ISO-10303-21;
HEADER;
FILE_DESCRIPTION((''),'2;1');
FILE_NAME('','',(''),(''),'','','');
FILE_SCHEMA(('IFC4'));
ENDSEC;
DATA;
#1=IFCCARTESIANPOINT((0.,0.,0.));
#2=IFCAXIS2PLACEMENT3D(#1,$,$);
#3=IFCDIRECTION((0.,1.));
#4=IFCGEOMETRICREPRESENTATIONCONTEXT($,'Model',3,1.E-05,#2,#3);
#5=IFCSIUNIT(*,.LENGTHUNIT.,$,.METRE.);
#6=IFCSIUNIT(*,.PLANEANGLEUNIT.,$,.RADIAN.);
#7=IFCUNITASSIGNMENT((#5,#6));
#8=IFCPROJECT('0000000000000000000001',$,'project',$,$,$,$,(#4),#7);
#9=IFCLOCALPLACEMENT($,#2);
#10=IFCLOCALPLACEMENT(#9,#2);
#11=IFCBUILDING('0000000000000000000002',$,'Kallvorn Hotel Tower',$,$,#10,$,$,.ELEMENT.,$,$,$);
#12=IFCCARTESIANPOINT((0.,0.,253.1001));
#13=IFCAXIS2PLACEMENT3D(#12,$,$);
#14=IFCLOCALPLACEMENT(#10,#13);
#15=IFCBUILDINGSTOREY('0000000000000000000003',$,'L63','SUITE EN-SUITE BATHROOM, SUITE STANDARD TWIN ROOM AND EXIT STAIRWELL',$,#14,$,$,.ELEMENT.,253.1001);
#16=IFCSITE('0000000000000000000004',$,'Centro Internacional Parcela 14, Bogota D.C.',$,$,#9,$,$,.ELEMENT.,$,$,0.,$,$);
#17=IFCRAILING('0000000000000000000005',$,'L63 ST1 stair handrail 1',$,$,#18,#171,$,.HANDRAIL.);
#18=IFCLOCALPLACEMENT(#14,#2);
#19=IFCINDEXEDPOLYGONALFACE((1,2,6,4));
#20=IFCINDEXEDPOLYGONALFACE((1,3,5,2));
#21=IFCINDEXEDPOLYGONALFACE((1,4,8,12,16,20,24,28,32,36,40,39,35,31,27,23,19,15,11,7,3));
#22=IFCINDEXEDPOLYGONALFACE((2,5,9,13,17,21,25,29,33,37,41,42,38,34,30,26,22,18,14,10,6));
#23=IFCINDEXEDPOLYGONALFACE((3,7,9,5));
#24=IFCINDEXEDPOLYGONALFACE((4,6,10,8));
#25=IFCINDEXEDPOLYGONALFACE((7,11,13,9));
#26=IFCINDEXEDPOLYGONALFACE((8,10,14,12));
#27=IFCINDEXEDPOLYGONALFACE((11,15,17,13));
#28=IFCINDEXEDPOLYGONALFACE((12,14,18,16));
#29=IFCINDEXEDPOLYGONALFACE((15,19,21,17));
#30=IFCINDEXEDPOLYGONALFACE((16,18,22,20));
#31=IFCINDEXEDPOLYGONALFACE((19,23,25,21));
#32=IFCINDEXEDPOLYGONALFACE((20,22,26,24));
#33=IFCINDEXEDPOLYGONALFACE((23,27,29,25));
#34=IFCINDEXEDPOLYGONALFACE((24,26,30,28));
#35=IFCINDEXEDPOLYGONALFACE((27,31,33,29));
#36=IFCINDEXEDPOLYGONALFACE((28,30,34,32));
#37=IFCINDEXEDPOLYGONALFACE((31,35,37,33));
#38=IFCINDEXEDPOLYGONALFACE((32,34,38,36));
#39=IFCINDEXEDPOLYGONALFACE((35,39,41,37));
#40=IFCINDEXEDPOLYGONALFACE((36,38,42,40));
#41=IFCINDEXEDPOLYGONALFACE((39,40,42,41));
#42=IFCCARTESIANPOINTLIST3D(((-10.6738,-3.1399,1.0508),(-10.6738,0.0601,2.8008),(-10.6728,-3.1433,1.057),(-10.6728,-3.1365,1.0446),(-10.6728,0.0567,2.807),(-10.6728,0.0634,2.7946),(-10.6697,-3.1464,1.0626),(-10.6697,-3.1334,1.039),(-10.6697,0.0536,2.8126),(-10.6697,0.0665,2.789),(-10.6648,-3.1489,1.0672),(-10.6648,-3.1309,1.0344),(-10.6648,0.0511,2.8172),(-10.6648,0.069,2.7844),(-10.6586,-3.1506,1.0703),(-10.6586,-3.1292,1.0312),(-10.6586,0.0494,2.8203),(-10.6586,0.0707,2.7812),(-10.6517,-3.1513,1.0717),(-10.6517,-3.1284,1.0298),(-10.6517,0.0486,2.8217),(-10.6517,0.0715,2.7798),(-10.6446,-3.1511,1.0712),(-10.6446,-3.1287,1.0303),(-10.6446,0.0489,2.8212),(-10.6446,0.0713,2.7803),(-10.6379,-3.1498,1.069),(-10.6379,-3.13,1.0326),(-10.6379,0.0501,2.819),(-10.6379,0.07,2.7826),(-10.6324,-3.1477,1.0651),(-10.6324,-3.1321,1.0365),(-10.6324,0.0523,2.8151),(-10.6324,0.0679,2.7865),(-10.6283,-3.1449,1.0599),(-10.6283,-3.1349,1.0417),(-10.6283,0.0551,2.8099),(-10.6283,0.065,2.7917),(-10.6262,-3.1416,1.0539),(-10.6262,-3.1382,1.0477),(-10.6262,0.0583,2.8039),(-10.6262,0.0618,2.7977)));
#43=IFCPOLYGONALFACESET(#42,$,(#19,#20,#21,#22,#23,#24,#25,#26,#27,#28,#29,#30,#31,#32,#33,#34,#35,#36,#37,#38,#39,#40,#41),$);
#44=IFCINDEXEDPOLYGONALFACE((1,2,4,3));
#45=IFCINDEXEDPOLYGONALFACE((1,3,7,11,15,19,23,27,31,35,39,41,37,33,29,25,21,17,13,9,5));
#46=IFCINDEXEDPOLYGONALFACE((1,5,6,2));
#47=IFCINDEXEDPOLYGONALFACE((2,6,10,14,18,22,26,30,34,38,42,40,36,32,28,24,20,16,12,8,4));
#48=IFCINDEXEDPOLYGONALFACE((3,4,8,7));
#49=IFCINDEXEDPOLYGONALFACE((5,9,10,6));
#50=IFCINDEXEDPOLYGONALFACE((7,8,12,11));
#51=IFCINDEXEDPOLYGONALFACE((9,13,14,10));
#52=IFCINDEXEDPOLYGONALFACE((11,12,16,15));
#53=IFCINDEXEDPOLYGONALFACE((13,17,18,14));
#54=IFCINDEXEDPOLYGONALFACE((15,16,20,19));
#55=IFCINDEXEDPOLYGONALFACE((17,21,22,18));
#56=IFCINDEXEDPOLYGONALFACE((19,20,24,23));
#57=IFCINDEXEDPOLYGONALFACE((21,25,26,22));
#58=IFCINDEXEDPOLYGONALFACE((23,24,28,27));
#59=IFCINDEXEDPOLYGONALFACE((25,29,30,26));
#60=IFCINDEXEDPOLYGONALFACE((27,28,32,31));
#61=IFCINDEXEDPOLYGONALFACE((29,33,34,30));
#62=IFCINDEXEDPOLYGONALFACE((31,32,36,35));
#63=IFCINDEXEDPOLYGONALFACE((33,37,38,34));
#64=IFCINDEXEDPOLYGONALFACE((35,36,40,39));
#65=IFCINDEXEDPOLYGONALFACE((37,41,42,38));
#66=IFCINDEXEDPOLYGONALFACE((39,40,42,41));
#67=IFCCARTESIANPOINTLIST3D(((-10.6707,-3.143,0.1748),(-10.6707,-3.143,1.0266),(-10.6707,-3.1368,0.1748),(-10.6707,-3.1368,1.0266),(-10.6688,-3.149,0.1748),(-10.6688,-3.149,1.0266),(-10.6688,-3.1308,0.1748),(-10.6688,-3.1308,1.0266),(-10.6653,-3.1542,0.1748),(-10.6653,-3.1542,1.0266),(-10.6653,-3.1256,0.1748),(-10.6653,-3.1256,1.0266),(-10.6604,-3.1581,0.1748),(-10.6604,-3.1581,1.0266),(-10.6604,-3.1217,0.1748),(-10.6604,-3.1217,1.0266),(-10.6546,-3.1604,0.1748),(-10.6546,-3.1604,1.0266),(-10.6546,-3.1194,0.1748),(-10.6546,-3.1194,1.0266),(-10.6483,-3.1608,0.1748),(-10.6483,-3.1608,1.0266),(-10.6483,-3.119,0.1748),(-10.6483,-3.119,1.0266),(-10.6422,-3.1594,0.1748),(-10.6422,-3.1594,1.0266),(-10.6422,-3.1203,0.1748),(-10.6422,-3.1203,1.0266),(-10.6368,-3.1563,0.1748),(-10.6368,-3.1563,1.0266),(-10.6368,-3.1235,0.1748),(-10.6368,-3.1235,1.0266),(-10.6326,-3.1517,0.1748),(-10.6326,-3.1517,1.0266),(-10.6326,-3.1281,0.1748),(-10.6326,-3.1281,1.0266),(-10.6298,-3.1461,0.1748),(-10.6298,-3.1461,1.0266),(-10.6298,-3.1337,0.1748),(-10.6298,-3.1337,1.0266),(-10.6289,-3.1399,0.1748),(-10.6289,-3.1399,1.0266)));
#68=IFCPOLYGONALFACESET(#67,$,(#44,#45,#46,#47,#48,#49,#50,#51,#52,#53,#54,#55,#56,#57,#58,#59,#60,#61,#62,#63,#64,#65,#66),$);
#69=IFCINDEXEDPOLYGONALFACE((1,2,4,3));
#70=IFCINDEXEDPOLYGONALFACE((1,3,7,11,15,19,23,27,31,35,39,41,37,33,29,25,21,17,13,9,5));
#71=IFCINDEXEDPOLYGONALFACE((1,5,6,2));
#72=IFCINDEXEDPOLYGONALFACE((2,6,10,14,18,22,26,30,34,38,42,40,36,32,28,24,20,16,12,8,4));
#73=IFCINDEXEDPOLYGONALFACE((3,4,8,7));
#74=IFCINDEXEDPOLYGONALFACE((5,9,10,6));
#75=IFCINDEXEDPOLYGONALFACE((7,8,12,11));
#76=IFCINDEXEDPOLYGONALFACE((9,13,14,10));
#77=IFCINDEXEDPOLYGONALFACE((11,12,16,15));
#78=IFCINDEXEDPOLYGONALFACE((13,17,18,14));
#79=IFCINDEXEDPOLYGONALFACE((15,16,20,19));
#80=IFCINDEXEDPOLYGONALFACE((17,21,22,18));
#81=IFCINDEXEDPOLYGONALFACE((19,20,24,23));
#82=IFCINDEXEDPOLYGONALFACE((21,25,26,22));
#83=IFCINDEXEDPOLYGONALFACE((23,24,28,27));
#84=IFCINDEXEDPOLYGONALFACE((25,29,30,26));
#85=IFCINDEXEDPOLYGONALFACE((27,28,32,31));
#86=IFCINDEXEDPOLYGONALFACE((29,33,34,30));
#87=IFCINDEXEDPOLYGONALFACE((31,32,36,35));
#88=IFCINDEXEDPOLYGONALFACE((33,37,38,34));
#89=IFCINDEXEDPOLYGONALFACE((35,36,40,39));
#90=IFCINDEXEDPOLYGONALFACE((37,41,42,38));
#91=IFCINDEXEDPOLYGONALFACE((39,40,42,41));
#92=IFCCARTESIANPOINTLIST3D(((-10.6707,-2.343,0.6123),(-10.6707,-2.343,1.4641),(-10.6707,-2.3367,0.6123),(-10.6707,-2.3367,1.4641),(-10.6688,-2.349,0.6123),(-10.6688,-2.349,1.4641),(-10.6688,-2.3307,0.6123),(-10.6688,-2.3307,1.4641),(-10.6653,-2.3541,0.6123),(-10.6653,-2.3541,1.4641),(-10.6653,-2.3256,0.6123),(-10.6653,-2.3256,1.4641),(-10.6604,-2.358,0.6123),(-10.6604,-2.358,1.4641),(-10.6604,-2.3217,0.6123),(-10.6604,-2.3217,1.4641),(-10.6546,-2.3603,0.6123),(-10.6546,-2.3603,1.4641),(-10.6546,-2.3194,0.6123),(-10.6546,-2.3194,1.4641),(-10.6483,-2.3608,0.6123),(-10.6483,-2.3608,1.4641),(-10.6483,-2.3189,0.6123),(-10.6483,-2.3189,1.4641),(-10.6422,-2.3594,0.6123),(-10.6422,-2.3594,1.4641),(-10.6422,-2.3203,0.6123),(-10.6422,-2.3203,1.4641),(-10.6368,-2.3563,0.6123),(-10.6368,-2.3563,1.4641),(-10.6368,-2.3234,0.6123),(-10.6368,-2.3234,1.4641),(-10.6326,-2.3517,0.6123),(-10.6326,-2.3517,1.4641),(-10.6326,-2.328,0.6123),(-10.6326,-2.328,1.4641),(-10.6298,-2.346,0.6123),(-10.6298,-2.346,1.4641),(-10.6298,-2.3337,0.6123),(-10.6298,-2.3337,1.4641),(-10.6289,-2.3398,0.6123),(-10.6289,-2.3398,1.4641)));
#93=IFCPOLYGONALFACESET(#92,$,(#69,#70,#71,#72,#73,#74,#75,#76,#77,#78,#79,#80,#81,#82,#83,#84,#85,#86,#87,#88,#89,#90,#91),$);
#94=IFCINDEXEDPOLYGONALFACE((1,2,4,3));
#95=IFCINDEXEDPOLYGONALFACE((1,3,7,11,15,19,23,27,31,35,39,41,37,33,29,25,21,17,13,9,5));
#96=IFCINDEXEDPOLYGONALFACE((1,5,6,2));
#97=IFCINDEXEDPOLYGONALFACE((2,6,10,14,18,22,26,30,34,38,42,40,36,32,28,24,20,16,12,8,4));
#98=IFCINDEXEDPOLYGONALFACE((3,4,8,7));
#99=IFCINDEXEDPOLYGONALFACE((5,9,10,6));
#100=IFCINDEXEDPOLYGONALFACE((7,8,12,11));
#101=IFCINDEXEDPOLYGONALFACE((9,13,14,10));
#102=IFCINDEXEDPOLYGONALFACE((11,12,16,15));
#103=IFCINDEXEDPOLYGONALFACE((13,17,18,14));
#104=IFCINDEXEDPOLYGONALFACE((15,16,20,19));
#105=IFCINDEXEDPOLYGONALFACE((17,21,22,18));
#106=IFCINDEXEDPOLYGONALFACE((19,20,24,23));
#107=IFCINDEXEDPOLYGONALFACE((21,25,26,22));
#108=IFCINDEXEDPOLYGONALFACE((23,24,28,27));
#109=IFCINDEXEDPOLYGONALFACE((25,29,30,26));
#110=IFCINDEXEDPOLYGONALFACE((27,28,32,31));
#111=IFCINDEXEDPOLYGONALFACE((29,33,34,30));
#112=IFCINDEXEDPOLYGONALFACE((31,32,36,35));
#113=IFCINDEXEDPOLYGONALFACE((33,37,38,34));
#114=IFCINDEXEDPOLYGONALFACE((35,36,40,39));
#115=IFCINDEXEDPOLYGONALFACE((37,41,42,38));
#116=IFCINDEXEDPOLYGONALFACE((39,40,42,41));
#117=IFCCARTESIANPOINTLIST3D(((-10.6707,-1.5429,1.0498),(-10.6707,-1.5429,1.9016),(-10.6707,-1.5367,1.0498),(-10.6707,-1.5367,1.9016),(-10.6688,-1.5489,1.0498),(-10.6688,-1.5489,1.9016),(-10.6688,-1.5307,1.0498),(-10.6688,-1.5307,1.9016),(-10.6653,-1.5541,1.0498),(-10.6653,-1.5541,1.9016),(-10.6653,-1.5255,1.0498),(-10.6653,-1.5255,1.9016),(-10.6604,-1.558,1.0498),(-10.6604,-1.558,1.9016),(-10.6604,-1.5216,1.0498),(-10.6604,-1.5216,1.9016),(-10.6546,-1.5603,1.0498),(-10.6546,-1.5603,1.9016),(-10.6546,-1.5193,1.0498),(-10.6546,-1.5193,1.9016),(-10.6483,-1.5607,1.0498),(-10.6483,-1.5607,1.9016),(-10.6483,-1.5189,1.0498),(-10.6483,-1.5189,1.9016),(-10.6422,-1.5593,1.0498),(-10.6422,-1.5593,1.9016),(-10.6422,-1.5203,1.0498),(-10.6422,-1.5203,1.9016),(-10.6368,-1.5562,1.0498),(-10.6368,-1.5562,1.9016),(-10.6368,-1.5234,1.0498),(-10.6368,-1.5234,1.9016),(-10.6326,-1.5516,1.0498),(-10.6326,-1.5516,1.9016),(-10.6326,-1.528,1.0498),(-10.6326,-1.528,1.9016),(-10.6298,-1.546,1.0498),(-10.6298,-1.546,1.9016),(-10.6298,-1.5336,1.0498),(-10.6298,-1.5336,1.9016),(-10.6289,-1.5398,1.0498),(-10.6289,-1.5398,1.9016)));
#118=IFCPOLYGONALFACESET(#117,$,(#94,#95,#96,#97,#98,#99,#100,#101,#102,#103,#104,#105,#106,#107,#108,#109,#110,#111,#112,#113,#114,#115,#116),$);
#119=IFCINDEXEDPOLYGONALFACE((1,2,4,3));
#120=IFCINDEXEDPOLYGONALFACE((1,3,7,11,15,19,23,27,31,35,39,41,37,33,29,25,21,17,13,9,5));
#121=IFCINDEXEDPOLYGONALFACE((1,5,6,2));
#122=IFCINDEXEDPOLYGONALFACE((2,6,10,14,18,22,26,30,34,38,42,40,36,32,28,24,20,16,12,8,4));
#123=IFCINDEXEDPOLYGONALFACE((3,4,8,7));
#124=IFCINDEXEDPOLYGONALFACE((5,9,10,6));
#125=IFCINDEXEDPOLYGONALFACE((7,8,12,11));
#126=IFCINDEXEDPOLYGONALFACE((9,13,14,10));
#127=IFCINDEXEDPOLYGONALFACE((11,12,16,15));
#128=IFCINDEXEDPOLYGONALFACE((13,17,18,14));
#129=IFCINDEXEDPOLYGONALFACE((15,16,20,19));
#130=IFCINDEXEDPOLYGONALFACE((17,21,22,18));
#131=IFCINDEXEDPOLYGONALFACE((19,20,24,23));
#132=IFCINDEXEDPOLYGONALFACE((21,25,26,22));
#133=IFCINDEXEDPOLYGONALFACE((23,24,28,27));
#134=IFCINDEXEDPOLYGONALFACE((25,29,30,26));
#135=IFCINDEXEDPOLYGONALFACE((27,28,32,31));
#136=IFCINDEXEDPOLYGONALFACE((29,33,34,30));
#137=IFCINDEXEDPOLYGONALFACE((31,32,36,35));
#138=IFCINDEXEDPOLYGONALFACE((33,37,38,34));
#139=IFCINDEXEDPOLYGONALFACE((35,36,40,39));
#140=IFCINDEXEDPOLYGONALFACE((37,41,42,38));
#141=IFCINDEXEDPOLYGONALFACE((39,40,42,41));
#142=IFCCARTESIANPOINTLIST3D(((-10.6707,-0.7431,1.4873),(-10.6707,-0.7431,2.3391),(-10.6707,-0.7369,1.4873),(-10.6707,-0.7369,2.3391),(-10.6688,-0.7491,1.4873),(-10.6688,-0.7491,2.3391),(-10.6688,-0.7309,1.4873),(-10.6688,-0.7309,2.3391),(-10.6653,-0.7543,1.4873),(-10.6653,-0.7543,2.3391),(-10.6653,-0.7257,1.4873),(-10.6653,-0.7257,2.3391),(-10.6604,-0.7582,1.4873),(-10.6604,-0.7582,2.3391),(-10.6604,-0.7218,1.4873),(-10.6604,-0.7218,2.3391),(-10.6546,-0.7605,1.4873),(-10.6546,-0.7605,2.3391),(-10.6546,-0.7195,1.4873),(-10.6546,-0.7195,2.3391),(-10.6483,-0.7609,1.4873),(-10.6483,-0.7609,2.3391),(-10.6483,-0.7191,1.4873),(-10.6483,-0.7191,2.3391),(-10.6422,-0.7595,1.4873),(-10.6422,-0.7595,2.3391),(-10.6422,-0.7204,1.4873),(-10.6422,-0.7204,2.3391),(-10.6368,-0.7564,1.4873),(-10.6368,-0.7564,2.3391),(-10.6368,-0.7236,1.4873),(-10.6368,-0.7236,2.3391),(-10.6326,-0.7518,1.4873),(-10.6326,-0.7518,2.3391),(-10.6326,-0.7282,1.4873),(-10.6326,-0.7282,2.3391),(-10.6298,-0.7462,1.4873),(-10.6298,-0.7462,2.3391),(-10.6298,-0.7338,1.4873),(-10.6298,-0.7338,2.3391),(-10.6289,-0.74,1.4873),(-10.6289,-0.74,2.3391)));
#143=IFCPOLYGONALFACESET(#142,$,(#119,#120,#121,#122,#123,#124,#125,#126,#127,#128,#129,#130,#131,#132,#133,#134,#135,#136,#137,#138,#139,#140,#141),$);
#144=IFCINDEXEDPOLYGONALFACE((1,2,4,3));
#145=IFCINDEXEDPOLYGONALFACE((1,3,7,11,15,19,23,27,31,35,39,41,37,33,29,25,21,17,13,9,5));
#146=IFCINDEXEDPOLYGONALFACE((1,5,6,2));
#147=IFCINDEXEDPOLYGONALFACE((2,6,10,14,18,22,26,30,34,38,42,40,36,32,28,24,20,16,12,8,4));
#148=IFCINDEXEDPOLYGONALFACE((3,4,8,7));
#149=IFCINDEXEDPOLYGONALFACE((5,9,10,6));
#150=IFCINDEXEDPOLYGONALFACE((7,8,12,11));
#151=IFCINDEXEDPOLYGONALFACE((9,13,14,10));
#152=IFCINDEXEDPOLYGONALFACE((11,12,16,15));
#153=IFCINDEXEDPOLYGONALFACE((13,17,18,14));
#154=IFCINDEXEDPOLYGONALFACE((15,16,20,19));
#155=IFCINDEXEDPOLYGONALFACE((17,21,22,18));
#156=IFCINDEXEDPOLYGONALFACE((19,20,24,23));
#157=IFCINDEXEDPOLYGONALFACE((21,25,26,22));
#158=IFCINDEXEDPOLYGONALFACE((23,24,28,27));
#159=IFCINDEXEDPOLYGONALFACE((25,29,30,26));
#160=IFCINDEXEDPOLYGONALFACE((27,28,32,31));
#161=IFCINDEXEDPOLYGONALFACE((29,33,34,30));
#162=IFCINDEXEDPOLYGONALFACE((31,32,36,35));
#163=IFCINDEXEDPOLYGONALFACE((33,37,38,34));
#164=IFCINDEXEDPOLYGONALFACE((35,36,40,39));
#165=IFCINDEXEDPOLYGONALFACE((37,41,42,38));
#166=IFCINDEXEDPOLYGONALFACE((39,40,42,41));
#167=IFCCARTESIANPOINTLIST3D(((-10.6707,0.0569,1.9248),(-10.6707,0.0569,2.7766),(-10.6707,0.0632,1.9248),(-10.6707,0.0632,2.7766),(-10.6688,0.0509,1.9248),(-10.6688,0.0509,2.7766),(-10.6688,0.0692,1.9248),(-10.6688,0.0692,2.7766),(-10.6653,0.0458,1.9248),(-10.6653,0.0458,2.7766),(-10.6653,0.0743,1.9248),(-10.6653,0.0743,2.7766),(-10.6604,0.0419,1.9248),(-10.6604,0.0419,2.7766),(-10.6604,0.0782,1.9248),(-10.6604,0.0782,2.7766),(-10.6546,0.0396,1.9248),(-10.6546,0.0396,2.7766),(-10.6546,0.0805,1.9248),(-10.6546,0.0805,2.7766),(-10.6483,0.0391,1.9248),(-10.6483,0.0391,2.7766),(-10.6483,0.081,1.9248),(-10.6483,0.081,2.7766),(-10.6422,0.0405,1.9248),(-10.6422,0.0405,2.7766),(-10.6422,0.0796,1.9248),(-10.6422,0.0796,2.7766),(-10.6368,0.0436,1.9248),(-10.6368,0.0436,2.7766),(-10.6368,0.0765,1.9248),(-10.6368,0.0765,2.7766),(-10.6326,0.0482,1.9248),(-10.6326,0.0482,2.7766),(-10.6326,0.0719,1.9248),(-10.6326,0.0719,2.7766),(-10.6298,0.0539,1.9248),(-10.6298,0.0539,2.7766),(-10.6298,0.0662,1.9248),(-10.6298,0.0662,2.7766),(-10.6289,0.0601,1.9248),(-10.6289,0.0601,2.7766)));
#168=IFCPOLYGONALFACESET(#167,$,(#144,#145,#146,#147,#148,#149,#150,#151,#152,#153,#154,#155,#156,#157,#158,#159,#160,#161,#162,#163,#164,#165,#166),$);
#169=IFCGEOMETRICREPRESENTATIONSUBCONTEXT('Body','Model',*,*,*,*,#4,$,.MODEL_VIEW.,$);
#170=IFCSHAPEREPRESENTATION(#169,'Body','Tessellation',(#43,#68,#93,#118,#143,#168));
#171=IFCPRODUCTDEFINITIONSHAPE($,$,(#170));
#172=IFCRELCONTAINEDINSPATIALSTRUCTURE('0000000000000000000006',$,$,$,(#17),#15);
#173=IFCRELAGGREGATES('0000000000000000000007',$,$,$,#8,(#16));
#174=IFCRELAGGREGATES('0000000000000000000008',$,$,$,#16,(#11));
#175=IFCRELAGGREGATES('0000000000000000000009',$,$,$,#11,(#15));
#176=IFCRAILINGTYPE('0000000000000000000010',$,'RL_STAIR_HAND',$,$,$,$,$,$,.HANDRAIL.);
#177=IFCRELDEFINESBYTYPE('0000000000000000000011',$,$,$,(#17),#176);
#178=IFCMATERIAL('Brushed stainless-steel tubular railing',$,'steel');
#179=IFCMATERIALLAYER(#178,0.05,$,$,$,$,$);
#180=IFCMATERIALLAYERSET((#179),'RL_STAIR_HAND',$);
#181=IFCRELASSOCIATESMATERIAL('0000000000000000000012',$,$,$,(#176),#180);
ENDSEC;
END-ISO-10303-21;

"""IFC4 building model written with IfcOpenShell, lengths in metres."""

from ifc_helpers import new_model, si_unit, direction, frame, origin, origin_2d, place, context, subcontext, project, spatial, circle, extrude, material, layer, layer_set, type_object, element, save


model = new_model("IFC4")

# Units and contexts
model_context = context("Model", 3, precision=1e-05, world=origin(), true_north=direction((0.0, 1.0)))
body_context = subcontext(model_context, "Body", "Model", "MODEL_VIEW")
ifc_project = project(units=[si_unit("LENGTHUNIT", "METRE"), si_unit("PLANEANGLEUNIT", "RADIAN")], contexts=[model_context])

# Site, building, storey
site_placement = place(None, origin())
site = spatial("IfcSite", under=ifc_project, at=site_placement, Name="Centro Internacional Parcela 14, Bogota D.C.", CompositionType="ELEMENT", RefElevation=0.0)
building_placement = place(site_placement, origin())
building = spatial("IfcBuilding", under=site, at=building_placement, Name="Kallvorn Hotel Tower", CompositionType="ELEMENT")
storey_placement = place(building_placement, frame((0.0, 0.0, 253.1001)))
storey = spatial("IfcBuildingStorey", under=building, at=storey_placement, Name="L63", Description="SUITE EN-SUITE BATHROOM, SUITE STANDARD TWIN ROOM AND EXIT STAIRWELL", CompositionType="ELEMENT", Elevation=253.1001)

# Railing
ifc_material_1 = material(Name="Brushed stainless-steel tubular railing", Category="steel")
ifc_layer_1 = layer(ifc_material_1, 0.05)
ifc_layer_set_1 = layer_set([ifc_layer_1], Name="RL_STAIR_HAND")
railing_type_1 = type_object("IfcRailingType", Name="RL_STAIR_HAND", PredefinedType="HANDRAIL", material=ifc_layer_set_1)
railing_1_placement = place(storey_placement, frame((-10.6499, -3.1399, 0.1748)))
element("IfcRailing", 1, at=railing_1_placement, inside=storey, type_object=railing_type_1, Name="L63 ST1 stair handrail 1", PredefinedType="HANDRAIL", context=body_context, shape_type="SweptSolid", body=[
    extrude(circle(Radius=0.0239, at=origin_2d()), frame((0.0, 0.0, 0.876), z_axis=(0.0, 0.877368, 0.479818), x_axis=(-1.0, 0.0, 0.0)), (0.0, 0.0, 1.0), 3.6472),
    extrude(circle(Radius=0.021, at=origin_2d()), origin(), (0.0, 0.0, 1.0), 0.8518),
    extrude(circle(Radius=0.021, at=origin_2d()), frame((0.0, 0.8, 0.4375)), (0.0, 0.0, 1.0), 0.8518),
    extrude(circle(Radius=0.021, at=origin_2d()), frame((0.0, 1.6001, 0.875)), (0.0, 0.0, 1.0), 0.8518),
    extrude(circle(Radius=0.021, at=origin_2d()), frame((0.0, 2.3999, 1.3125)), (0.0, 0.0, 1.0), 0.8518),
    extrude(circle(Radius=0.021, at=origin_2d()), frame((0.0, 3.2, 1.75)), (0.0, 0.0, 1.0), 0.8518),
])

save(model, "model.ifc")
